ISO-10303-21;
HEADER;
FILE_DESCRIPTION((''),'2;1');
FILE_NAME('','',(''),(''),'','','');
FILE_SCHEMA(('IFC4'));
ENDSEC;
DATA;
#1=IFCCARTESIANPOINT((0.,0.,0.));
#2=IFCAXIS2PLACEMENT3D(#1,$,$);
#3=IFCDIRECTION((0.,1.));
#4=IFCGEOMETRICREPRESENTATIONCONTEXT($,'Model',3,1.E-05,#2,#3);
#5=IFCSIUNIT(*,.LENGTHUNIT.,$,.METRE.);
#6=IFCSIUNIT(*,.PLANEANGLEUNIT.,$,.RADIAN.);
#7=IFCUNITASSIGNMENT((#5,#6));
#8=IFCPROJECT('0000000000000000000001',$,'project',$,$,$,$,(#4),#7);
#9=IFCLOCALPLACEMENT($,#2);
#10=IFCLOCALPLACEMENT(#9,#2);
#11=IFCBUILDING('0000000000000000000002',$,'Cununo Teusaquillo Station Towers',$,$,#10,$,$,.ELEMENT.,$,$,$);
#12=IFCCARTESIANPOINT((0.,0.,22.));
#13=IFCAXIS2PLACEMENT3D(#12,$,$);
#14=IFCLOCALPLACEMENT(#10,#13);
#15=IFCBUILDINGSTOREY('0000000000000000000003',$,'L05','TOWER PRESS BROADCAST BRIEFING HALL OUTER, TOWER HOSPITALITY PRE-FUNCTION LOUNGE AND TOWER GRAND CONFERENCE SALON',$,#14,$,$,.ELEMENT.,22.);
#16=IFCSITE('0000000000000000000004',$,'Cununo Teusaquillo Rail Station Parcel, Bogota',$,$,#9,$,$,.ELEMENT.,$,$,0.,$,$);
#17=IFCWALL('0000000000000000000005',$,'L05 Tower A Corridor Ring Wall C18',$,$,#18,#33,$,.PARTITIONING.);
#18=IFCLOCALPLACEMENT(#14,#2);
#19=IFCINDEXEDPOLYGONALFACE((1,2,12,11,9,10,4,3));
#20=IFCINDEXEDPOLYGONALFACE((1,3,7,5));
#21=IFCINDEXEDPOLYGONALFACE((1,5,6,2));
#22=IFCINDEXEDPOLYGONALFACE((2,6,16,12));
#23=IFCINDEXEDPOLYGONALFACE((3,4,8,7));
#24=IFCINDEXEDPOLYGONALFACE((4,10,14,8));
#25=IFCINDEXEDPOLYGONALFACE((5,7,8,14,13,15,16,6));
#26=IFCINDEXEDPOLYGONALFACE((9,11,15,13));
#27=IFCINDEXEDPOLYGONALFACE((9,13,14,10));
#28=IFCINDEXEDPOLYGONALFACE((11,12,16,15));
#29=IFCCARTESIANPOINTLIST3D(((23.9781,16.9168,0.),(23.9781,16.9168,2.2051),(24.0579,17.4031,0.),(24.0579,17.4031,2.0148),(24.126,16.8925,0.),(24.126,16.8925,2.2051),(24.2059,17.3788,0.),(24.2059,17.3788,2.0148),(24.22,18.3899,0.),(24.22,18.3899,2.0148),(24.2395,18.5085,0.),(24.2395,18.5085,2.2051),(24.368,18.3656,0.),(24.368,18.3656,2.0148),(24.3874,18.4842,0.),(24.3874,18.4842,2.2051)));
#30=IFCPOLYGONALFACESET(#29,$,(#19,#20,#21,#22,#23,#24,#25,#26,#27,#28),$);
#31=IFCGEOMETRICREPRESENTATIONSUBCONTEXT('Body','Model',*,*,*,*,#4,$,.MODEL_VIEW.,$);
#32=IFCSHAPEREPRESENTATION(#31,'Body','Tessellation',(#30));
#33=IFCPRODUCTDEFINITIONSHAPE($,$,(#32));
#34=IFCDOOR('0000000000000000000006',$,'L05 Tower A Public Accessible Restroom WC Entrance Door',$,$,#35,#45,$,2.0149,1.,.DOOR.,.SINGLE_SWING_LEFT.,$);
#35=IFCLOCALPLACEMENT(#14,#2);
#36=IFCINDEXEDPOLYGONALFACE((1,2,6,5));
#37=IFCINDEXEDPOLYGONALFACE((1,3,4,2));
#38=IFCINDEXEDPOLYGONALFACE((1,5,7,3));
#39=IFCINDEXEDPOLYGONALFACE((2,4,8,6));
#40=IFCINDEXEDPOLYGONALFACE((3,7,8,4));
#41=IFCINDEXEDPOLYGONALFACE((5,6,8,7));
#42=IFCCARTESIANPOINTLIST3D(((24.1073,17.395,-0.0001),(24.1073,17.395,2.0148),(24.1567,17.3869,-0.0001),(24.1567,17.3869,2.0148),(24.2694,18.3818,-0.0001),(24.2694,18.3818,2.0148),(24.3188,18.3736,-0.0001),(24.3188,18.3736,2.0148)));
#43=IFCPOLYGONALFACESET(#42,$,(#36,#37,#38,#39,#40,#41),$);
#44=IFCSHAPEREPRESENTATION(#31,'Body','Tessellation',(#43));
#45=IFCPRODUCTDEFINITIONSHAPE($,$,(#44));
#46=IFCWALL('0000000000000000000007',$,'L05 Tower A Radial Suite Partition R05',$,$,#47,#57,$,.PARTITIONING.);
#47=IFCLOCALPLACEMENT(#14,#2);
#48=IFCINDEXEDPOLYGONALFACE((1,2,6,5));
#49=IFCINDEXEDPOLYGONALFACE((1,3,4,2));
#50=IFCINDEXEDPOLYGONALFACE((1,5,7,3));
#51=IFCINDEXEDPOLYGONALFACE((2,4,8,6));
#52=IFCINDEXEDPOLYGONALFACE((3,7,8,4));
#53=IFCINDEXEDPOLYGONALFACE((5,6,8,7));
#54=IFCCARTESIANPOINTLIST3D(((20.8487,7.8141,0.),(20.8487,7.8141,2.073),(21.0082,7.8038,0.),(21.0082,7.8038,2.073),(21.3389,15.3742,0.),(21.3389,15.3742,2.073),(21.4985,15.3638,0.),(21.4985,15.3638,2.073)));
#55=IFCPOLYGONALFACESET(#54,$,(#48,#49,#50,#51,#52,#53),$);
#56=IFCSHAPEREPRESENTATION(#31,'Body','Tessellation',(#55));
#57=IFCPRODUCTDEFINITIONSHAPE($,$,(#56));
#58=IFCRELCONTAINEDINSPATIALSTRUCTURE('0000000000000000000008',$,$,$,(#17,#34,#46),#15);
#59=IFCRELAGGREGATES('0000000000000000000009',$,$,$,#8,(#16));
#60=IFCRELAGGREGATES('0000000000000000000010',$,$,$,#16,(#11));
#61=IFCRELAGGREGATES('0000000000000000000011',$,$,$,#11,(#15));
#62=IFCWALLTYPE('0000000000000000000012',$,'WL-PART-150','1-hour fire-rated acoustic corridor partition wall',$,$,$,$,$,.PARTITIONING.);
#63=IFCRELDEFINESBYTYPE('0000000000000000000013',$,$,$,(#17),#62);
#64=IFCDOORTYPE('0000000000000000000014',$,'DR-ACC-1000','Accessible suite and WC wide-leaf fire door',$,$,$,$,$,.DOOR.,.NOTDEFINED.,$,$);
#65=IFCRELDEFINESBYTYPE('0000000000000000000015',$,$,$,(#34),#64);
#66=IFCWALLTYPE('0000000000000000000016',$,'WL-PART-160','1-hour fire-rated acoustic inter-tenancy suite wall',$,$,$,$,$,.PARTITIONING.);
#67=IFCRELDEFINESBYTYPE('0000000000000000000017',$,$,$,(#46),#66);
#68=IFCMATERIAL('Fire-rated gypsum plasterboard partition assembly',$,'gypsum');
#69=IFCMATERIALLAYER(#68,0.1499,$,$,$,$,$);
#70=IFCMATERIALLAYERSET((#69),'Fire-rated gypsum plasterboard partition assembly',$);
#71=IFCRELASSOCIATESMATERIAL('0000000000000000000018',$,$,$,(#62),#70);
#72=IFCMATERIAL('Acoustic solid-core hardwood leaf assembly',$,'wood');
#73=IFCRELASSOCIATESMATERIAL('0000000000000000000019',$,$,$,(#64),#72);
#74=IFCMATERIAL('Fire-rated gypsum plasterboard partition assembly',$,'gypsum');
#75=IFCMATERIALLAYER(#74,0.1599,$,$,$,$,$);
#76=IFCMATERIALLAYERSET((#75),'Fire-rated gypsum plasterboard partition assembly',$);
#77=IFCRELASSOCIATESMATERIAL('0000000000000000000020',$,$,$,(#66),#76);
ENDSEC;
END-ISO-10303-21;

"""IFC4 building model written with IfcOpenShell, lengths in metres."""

from ifc_helpers import new_model, si_unit, direction, frame, frame_2d, origin, place, context, subcontext, project, spatial, rectangle, extrude, source, transform, mapped, material, layer, layer_set, type_object, element, fill, save


model = new_model("IFC4")

# Units and contexts
model_context = context("Model", 3, precision=1e-05, world=origin(), true_north=direction((0.0, 1.0)))
body_context = subcontext(model_context, "Body", "Model", "MODEL_VIEW")
ifc_project = project(units=[si_unit("LENGTHUNIT", "METRE"), si_unit("PLANEANGLEUNIT", "RADIAN")], contexts=[model_context])

# Site, building, storey
site_placement = place(None, origin())
site = spatial("IfcSite", under=ifc_project, at=site_placement, Name="Cununo Teusaquillo Rail Station Parcel, Bogota", CompositionType="ELEMENT", RefElevation=0.0)
building_placement = place(site_placement, origin())
building = spatial("IfcBuilding", under=site, at=building_placement, Name="Cununo Teusaquillo Station Towers", CompositionType="ELEMENT")
storey_placement = place(building_placement, frame((0.0, 0.0, 22.0)))
storey = spatial("IfcBuildingStorey", under=building, at=storey_placement, Name="L05", Description="TOWER PRESS BROADCAST BRIEFING HALL OUTER, TOWER HOSPITALITY PRE-FUNCTION LOUNGE AND TOWER GRAND CONFERENCE SALON", CompositionType="ELEMENT", Elevation=22.0)

# Shared definitions
ifc_material_1 = material(Name="Fire-rated gypsum plasterboard partition assembly", Category="gypsum")
ifc_layer_1 = layer(ifc_material_1, 0.1499)
ifc_layer_set_1 = layer_set([ifc_layer_1], Name="Fire-rated gypsum plasterboard partition assembly")
wall_type_1 = type_object("IfcWallType", Name="WL-PART-150", Description="1-hour fire-rated acoustic corridor partition wall", PredefinedType="PARTITIONING", material=ifc_layer_set_1)

# Wall, opening, door
wall_1_placement = place(storey_placement, frame((24.052, 16.9045, 0.0), z_axis=(0.0, 0.0, 1.0), x_axis=(0.162092, 0.986776, 0.0)))
wall_1 = element("IfcWall", 1, at=wall_1_placement, inside=storey, type_object=wall_type_1, Name="L05 Tower A Corridor Ring Wall C18", PredefinedType="PARTITIONING", context=body_context, shape_type="SweptSolid", body=[
    extrude(rectangle(XDim=1.613, YDim=0.1499, at=frame_2d((0.8066, 0.0))), origin(), (0.0, 0.0, 1.0), 2.2051),
])
shared_shape_1 = source(origin(), body_context, "Body", "SweptSolid", [
    extrude(rectangle(XDim=1.0, YDim=2.0149, at=frame_2d((0.5, 1.0073))), frame((0.0, 0.085, 0.0), z_axis=(0.0, -1.0, 0.0), x_axis=(1.0, 0.0, 0.0)), (0.0, 0.0, 1.0), 0.1699),
])
opening_1_placement = place(wall_1_placement, frame((0.4929, 0.0, 0.0)))
opening_1 = element("IfcOpeningElement", 2, at=opening_1_placement, cuts=wall_1, PredefinedType="OPENING", context=body_context, shape_type="MappedRepresentation", body=[
    mapped(shared_shape_1, transform((0.0, 0.0, 0.0), x_axis=(1.0, 0.0, 0.0), y_axis=(0.0, 1.0, 0.0), z_axis=(0.0, 0.0, 1.0), scale=1.0)),
])
ifc_material_2 = material(Name="Acoustic solid-core hardwood leaf assembly", Category="wood")
door_type = type_object("IfcDoorType", Name="DR-ACC-1000", Description="Accessible suite and WC wide-leaf fire door", OperationType="NOTDEFINED", PredefinedType="DOOR", material=ifc_material_2)
shared_shape_2 = source(origin(), body_context, "Body", "SweptSolid", [
    extrude(rectangle(XDim=1.0, YDim=2.0149, at=frame_2d((0.5, 1.0073))), frame((0.0, 0.0249, 0.0), z_axis=(0.0, -1.0, 0.0), x_axis=(1.0, 0.0, 0.0)), (0.0, 0.0, 1.0), 0.05),
])
door_placement = place(opening_1_placement, origin())
door = element("IfcDoor", 3, at=door_placement, inside=storey, type_object=door_type, Name="L05 Tower A Public Accessible Restroom WC Entrance Door", OperationType="SINGLE_SWING_LEFT", OverallHeight=2.0149, OverallWidth=1.0, PredefinedType="DOOR", context=body_context, shape_type="MappedRepresentation", body=[
    mapped(shared_shape_2, transform((0.0, 0.0, 0.0), x_axis=(1.0, 0.0, 0.0), y_axis=(0.0, 1.0, 0.0), z_axis=(0.0, 0.0, 1.0), scale=1.0)),
])
fill(opening_1, door)

# Wall
ifc_material_3 = material(Name="Fire-rated gypsum plasterboard partition assembly", Category="gypsum")
ifc_layer_2 = layer(ifc_material_3, 0.1599)
ifc_layer_set_2 = layer_set([ifc_layer_2], Name="Fire-rated gypsum plasterboard partition assembly")
wall_type_2 = type_object("IfcWallType", Name="WL-PART-160", Description="1-hour fire-rated acoustic inter-tenancy suite wall", PredefinedType="PARTITIONING", material=ifc_layer_set_2)
wall_2_placement = place(storey_placement, frame((21.4187, 15.3691, 0.0), z_axis=(0.0, 0.0, 1.0), x_axis=(-0.064709, -0.997904, 0.0)))
element("IfcWall", 4, at=wall_2_placement, inside=storey, type_object=wall_type_2, Name="L05 Tower A Radial Suite Partition R05", PredefinedType="PARTITIONING", context=body_context, shape_type="SweptSolid", body=[
    extrude(rectangle(XDim=7.5759, YDim=0.1599, at=frame_2d((3.7881, 0.0))), origin(), (0.0, 0.0, 1.0), 2.073),
])

save(model, "model.ifc")
